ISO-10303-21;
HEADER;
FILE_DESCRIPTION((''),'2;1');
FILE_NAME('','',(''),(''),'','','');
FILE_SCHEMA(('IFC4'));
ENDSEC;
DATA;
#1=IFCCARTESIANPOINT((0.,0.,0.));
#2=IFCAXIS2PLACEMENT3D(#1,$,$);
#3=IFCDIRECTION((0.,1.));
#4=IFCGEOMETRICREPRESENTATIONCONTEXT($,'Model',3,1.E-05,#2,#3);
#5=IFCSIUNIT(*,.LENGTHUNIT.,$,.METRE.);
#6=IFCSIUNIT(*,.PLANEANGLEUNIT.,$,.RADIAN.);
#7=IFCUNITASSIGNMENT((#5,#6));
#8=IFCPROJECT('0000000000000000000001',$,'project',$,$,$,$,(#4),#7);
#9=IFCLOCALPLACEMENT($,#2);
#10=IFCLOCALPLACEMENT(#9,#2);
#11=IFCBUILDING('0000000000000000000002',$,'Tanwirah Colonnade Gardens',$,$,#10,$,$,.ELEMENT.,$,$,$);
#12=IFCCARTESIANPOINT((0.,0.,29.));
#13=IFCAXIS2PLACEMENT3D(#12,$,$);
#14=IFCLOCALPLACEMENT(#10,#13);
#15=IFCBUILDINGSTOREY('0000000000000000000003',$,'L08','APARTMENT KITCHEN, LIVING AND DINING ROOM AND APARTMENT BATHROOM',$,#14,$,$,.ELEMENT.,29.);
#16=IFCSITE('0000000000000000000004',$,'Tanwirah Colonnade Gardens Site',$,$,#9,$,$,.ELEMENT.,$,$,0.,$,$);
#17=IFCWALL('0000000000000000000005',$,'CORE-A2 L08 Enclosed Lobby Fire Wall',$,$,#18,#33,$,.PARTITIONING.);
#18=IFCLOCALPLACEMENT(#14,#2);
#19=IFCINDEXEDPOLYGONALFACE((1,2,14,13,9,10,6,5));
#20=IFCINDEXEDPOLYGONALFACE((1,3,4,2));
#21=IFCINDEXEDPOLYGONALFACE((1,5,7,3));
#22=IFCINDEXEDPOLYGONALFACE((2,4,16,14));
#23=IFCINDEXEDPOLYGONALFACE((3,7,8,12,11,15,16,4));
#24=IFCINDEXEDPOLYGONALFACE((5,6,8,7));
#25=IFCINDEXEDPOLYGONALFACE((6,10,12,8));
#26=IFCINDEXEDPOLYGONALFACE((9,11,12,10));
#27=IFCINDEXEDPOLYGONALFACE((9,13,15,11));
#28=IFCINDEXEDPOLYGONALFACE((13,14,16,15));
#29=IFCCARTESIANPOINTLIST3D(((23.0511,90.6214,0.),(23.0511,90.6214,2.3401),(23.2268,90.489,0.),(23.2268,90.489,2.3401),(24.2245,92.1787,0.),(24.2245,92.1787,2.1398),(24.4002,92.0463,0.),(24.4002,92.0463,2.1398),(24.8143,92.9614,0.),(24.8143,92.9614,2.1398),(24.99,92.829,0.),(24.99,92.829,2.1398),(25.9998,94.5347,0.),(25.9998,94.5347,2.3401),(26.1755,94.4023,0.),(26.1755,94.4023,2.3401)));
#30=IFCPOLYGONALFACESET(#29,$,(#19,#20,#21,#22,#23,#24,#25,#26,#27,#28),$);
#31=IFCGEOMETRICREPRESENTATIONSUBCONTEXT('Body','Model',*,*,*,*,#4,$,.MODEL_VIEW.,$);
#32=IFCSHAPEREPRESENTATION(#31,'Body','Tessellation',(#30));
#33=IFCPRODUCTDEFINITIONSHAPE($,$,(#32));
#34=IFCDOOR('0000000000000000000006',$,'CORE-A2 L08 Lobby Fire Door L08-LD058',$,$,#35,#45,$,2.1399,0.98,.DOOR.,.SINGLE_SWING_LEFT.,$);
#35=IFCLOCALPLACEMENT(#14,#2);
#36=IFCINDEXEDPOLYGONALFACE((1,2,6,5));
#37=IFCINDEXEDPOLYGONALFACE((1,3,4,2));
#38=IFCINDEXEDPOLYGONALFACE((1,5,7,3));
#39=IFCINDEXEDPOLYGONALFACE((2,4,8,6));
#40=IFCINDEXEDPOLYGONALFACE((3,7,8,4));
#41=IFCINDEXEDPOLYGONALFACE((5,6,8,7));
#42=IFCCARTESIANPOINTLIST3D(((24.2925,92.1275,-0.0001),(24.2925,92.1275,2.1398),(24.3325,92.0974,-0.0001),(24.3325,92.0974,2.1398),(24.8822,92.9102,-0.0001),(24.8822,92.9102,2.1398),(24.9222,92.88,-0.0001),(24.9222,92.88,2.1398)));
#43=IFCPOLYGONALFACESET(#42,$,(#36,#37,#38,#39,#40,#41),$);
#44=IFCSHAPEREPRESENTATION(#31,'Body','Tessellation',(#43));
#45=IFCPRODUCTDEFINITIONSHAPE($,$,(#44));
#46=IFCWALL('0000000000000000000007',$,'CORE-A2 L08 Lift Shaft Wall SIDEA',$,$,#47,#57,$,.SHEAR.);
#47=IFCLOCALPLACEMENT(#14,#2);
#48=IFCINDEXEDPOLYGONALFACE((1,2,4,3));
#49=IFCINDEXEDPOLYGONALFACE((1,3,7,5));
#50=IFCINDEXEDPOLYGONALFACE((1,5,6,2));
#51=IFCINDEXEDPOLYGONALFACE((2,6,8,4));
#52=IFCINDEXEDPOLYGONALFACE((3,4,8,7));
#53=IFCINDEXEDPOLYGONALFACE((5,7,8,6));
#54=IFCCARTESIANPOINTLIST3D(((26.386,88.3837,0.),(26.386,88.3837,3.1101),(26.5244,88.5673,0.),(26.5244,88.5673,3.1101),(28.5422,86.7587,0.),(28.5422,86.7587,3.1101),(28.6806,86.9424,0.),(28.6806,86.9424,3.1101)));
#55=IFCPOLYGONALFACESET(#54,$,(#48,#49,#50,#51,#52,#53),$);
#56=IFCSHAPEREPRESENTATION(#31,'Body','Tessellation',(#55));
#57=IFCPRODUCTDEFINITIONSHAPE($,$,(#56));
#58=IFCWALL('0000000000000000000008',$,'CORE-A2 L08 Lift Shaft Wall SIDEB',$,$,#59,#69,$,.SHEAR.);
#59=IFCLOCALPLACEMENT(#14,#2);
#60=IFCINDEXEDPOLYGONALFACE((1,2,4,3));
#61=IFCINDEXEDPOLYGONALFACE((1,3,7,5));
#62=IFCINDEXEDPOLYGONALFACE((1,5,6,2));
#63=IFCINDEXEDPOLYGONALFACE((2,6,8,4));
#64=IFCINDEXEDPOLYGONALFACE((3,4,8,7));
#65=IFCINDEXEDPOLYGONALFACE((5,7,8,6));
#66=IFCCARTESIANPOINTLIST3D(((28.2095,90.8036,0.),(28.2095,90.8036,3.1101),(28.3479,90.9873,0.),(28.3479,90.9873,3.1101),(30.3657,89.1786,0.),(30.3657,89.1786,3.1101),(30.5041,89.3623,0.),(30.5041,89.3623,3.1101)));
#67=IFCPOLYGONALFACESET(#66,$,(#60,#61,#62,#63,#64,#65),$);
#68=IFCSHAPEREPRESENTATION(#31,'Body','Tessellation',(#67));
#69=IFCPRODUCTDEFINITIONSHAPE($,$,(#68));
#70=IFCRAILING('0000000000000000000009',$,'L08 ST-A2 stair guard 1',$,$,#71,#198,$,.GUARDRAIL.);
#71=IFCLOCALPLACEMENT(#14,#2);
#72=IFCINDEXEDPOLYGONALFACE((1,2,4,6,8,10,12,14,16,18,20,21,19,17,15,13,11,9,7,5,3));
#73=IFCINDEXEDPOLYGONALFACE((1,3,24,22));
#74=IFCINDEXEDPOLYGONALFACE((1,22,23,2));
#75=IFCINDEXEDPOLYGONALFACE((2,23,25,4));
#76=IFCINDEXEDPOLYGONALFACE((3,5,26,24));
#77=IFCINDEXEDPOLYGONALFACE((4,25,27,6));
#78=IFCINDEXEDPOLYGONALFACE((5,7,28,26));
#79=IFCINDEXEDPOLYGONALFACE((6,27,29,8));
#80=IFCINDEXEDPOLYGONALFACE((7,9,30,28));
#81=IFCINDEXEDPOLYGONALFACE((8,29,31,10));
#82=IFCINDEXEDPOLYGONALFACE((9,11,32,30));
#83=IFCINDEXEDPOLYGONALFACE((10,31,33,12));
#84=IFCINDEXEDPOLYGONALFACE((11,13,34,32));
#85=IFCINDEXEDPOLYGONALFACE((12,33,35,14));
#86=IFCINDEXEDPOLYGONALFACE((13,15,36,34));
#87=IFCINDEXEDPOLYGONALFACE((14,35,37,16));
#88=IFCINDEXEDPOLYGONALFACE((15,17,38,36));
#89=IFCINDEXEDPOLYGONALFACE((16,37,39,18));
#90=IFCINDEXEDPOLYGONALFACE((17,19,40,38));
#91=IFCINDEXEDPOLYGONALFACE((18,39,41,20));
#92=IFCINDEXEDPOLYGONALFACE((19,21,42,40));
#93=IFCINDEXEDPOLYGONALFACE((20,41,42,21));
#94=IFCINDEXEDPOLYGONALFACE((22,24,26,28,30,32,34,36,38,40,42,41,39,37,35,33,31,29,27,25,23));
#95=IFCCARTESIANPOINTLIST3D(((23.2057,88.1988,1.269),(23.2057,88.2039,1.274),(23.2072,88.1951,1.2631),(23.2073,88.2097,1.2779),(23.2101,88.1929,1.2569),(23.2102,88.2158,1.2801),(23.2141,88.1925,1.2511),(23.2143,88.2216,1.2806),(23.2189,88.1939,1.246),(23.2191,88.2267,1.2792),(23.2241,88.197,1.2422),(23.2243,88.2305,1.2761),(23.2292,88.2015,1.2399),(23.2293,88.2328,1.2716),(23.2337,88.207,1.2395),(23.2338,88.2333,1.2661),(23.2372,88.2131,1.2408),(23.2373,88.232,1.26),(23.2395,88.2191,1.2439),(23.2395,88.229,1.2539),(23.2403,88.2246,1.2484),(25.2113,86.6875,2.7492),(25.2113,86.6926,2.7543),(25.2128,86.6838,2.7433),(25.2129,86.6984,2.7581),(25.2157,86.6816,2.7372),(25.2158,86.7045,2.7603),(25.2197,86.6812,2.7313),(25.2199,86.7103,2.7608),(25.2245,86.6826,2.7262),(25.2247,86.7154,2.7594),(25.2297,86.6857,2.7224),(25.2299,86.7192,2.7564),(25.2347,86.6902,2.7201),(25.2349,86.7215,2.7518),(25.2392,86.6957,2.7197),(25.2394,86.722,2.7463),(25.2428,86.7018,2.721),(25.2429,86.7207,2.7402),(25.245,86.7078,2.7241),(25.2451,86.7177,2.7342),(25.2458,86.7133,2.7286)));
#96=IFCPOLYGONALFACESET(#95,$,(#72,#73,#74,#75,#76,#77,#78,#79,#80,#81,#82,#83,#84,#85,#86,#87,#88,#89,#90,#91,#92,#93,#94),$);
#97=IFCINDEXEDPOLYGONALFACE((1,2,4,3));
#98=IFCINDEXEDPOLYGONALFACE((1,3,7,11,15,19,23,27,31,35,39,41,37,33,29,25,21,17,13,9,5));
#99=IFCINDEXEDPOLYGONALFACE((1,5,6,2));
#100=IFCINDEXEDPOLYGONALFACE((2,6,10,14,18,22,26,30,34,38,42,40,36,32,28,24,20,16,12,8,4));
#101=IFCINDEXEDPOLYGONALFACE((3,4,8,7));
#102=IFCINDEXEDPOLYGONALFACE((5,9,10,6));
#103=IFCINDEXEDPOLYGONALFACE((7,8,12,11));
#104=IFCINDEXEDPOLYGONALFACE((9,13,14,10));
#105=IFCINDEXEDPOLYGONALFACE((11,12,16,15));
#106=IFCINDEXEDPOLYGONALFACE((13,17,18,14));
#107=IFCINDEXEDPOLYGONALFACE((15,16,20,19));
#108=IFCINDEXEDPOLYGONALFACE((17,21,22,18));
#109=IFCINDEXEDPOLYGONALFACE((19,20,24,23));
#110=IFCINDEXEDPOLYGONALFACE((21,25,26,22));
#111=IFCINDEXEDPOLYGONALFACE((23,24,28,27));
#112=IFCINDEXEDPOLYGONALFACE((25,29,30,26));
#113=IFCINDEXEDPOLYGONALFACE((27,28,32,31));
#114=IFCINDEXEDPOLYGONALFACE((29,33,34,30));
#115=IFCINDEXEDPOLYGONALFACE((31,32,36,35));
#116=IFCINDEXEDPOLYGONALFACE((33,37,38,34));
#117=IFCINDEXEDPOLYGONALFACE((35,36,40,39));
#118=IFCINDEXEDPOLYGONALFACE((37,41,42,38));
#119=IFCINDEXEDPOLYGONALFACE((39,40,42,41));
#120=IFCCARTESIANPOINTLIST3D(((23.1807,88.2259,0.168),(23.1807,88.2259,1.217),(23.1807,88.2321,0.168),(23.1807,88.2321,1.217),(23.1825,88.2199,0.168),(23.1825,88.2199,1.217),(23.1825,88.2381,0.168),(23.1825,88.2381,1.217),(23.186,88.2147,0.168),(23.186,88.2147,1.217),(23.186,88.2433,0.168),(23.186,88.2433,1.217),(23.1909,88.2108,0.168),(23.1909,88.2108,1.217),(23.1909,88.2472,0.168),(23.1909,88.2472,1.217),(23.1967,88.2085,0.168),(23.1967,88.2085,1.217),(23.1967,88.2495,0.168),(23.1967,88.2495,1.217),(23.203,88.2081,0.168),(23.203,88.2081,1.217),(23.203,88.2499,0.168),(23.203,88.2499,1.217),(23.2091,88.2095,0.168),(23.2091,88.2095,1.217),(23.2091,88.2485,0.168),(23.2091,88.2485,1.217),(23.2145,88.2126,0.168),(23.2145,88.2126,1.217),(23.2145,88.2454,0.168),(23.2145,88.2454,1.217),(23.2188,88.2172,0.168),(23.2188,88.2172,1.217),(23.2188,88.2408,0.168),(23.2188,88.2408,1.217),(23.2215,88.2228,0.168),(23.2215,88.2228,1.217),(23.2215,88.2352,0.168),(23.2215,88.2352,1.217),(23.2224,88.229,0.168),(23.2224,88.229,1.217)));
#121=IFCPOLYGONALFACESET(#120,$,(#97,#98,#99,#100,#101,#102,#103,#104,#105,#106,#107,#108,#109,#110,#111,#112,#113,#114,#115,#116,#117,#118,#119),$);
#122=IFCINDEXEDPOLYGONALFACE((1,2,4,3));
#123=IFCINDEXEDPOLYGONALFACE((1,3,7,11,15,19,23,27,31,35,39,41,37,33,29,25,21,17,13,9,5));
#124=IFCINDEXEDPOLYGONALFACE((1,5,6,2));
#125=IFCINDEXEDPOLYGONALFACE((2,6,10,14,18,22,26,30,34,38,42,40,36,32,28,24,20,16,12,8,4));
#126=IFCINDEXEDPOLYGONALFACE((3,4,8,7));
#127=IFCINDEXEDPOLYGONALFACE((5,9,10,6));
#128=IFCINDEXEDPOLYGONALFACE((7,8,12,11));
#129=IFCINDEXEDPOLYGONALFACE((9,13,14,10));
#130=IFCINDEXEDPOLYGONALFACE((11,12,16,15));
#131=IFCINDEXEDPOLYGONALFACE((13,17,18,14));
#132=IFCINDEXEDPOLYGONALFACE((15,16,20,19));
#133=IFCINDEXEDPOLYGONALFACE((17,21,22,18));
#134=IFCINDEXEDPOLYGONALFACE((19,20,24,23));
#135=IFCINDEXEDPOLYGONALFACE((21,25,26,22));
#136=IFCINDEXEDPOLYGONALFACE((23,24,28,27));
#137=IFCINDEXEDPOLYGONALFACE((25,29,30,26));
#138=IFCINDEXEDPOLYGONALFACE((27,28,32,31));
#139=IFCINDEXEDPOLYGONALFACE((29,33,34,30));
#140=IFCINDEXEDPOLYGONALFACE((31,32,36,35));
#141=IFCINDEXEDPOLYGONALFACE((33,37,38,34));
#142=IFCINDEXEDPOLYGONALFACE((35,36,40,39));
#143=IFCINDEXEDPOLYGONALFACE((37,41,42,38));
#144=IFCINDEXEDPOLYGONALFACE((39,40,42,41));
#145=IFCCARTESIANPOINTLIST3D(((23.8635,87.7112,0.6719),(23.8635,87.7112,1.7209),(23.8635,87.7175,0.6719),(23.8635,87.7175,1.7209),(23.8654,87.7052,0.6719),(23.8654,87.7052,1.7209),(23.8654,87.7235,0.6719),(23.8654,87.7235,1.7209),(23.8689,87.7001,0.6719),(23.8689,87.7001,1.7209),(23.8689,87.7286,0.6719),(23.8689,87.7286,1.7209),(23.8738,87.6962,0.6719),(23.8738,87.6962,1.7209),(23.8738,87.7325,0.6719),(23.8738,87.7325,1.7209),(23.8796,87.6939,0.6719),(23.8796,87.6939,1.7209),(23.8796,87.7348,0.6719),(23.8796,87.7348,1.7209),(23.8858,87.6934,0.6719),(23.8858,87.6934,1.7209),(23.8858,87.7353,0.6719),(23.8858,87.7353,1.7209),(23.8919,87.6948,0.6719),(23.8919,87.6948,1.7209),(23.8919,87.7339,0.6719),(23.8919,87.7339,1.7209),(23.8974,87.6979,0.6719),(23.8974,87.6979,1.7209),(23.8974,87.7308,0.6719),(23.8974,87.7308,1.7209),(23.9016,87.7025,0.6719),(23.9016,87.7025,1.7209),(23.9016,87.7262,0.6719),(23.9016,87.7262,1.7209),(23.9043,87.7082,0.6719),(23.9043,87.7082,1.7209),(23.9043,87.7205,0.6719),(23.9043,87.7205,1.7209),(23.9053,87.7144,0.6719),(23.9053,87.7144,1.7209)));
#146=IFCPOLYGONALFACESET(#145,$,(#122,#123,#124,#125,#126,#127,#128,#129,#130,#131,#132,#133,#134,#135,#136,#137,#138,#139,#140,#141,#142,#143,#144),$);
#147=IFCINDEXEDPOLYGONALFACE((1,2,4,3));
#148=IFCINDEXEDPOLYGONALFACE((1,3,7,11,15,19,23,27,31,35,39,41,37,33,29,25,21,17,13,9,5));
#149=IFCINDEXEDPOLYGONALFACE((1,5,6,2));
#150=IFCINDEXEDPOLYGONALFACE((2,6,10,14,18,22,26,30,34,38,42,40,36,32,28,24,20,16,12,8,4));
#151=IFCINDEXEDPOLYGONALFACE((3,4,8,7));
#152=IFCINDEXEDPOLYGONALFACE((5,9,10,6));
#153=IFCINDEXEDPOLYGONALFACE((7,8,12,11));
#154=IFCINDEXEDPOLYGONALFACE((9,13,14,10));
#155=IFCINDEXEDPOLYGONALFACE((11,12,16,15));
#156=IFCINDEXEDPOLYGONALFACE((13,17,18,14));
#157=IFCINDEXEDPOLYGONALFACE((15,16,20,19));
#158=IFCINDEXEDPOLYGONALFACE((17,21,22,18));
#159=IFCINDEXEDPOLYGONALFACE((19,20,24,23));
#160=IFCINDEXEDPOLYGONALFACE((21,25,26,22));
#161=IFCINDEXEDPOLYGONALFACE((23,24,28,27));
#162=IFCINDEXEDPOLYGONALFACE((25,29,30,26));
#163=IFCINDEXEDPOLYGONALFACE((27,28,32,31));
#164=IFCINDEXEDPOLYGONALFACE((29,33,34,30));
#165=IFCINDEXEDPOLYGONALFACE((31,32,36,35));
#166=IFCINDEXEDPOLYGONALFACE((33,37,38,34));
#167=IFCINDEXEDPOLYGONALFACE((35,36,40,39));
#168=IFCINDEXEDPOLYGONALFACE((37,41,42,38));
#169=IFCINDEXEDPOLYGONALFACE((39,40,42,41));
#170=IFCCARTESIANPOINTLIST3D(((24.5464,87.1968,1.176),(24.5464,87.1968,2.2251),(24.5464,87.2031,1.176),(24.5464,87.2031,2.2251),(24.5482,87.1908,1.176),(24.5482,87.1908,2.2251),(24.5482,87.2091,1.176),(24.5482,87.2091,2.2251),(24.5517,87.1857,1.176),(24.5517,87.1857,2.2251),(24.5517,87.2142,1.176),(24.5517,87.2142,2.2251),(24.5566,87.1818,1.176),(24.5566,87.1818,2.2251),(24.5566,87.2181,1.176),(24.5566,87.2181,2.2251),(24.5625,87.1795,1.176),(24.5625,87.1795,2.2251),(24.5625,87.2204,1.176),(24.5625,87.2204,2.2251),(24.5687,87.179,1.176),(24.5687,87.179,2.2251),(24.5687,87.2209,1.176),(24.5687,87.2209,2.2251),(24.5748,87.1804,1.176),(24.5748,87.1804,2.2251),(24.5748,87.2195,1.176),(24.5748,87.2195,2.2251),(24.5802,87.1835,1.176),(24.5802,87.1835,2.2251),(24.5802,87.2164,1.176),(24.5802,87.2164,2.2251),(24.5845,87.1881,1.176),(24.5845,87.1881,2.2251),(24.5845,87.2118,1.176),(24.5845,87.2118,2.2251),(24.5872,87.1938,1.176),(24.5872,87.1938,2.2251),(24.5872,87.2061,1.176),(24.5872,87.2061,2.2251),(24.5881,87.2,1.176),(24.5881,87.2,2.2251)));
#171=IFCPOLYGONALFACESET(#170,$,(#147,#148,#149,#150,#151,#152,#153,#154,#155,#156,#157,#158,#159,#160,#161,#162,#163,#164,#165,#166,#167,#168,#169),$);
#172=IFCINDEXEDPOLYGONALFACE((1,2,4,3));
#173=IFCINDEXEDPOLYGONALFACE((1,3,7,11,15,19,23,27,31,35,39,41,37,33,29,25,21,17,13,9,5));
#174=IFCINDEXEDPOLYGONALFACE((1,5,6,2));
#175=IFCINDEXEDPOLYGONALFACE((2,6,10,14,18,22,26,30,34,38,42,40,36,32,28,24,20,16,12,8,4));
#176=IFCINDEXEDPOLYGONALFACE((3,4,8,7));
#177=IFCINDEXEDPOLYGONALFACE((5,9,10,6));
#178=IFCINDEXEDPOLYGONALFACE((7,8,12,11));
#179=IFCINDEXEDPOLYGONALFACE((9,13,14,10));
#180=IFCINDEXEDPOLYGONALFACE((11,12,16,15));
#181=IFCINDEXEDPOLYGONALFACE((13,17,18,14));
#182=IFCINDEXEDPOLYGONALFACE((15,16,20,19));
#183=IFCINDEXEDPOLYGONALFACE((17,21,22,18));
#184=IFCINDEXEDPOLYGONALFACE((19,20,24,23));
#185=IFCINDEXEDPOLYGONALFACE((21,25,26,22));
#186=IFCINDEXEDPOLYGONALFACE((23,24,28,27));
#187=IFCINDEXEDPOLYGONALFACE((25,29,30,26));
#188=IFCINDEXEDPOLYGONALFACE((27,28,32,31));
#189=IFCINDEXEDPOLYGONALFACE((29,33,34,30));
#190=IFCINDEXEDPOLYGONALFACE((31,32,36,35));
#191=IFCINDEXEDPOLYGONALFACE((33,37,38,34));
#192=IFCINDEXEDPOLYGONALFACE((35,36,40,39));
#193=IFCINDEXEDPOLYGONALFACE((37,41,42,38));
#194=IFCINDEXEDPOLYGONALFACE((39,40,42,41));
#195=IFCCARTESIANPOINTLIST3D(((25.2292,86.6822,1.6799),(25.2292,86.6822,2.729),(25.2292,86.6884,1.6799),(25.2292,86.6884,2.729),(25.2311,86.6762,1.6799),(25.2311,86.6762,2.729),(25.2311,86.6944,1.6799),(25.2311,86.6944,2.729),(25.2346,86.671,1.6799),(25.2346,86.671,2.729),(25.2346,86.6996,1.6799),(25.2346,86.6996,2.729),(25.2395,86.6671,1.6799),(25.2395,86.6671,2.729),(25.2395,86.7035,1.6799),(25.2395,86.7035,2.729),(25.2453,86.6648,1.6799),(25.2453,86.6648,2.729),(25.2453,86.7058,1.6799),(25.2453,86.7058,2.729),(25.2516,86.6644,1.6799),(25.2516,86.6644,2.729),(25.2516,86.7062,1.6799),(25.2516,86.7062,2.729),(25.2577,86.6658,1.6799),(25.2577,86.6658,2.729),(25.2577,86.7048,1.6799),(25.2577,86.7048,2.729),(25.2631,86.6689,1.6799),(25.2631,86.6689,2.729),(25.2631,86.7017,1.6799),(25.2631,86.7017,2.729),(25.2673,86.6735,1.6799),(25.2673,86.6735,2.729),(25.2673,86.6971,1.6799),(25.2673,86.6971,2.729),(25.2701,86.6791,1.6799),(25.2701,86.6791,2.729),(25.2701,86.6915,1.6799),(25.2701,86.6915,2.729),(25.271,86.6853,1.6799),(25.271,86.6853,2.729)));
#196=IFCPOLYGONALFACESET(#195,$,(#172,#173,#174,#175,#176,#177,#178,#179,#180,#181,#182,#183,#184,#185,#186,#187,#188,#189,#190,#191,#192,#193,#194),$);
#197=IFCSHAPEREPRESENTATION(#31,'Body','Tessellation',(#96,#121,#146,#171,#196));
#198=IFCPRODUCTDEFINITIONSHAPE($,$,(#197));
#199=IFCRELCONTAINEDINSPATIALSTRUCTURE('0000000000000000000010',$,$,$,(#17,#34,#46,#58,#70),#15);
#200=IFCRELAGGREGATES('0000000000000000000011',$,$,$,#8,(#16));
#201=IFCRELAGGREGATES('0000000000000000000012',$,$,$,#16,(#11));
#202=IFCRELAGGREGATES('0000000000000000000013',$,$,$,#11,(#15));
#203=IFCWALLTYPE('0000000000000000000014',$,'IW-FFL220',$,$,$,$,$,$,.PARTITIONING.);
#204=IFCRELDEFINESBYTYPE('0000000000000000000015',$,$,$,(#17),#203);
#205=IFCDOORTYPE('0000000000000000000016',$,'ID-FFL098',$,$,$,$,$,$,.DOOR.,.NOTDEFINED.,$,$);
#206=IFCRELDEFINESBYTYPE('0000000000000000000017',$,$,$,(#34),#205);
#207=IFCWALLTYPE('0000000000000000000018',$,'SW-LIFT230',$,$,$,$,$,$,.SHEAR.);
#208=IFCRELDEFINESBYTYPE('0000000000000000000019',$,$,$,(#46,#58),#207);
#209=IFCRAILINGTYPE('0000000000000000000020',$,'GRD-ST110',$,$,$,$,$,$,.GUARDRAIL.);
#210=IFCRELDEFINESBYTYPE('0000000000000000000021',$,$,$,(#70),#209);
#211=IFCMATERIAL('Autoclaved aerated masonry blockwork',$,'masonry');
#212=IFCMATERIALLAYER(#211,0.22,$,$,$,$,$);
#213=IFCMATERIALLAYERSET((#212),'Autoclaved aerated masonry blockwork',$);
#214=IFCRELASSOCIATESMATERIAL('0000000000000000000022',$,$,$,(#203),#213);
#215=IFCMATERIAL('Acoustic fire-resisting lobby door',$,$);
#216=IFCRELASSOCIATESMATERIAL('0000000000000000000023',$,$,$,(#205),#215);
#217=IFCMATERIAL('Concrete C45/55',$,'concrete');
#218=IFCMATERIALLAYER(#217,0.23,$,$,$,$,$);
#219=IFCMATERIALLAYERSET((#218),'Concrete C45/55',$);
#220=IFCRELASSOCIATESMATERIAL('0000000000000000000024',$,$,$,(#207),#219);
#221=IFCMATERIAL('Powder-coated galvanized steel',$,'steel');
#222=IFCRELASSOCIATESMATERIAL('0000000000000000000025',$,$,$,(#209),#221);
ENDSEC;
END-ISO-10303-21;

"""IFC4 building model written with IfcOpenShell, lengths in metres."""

from ifc_helpers import new_model, si_unit, direction, frame, frame_2d, origin, origin_2d, place, context, subcontext, project, spatial, rectangle, circle, extrude, material, layer, layer_set, type_object, element, fill, save


model = new_model("IFC4")

# Units and contexts
model_context = context("Model", 3, precision=1e-05, world=origin(), true_north=direction((0.0, 1.0)))
body_context = subcontext(model_context, "Body", "Model", "MODEL_VIEW")
ifc_project = project(units=[si_unit("LENGTHUNIT", "METRE"), si_unit("PLANEANGLEUNIT", "RADIAN")], contexts=[model_context])

# Site, building, storey
site_placement = place(None, origin())
site = spatial("IfcSite", under=ifc_project, at=site_placement, Name="Tanwirah Colonnade Gardens Site", CompositionType="ELEMENT", RefElevation=0.0)
building_placement = place(site_placement, origin())
building = spatial("IfcBuilding", under=site, at=building_placement, Name="Tanwirah Colonnade Gardens", CompositionType="ELEMENT")
storey_placement = place(building_placement, frame((0.0, 0.0, 29.0)))
storey = spatial("IfcBuildingStorey", under=building, at=storey_placement, Name="L08", Description="APARTMENT KITCHEN, LIVING AND DINING ROOM AND APARTMENT BATHROOM", CompositionType="ELEMENT", Elevation=29.0)

# Wall, opening, door
ifc_material_1 = material(Name="Autoclaved aerated masonry blockwork", Category="masonry")
ifc_layer_1 = layer(ifc_material_1, 0.22)
ifc_layer_set_1 = layer_set([ifc_layer_1], Name="Autoclaved aerated masonry blockwork")
wall_type_1 = type_object("IfcWallType", Name="IW-FFL220", PredefinedType="PARTITIONING", material=ifc_layer_set_1)
wall_1_placement = place(storey_placement, frame((23.1389, 90.5552, 0.0), z_axis=(0.0, 0.0, 1.0), x_axis=(0.601792, 0.798653, 0.0)))
wall_1 = element("IfcWall", 1, at=wall_1_placement, inside=storey, type_object=wall_type_1, Name="CORE-A2 L08 Enclosed Lobby Fire Wall", PredefinedType="PARTITIONING", context=body_context, shape_type="SweptSolid", body=[
    extrude(rectangle(XDim=4.8999, YDim=0.22, at=frame_2d((2.45, 0.0))), origin(), (0.0, 0.0, 1.0), 2.3401),
])
opening_1_placement = place(wall_1_placement, frame((1.95, 0.0, 0.0)))
opening_1 = element("IfcOpeningElement", 2, at=opening_1_placement, cuts=wall_1, PredefinedType="OPENING", context=body_context, shape_type="SweptSolid", body=[
    extrude(rectangle(XDim=0.98, YDim=2.1399, at=frame_2d((0.49, 1.0698))), frame((0.0, 0.1199, 0.0), z_axis=(0.0, -1.0, 0.0), x_axis=(1.0, 0.0, 0.0)), (0.0, 0.0, 1.0), 0.24),
])
ifc_material_2 = material(Name="Acoustic fire-resisting lobby door")
door_type_1 = type_object("IfcDoorType", Name="ID-FFL098", OperationType="NOTDEFINED", PredefinedType="DOOR", material=ifc_material_2)
door_1_placement = place(opening_1_placement, origin())
door_1 = element("IfcDoor", 3, at=door_1_placement, inside=storey, type_object=door_type_1, Name="CORE-A2 L08 Lobby Fire Door L08-LD058", OperationType="SINGLE_SWING_LEFT", OverallHeight=2.1399, OverallWidth=0.98, PredefinedType="DOOR", context=body_context, shape_type="SweptSolid", body=[
    extrude(rectangle(XDim=0.98, YDim=2.1399, at=frame_2d((0.49, 1.0698))), frame((0.0, 0.0249, 0.0), z_axis=(0.0, -1.0, 0.0), x_axis=(1.0, 0.0, 0.0)), (0.0, 0.0, 1.0), 0.05),
])
fill(opening_1, door_1)
ifc_material_3 = material(Name="Concrete C45/55", Category="concrete")
ifc_layer_2 = layer(ifc_material_3, 0.23)
ifc_layer_set_2 = layer_set([ifc_layer_2], Name="Concrete C45/55")
wall_type_2 = type_object("IfcWallType", Name="SW-LIFT230", PredefinedType="SHEAR", material=ifc_layer_set_2)

# Walls
for number, where, z_axis, x_axis, name in (
    (4, (26.4551, 88.4756, 0.0), (0.0, 0.0, 1.0), (0.798609, -0.60185, 0.0), "CORE-A2 L08 Lift Shaft Wall SIDEA"),
    (5, (28.2786, 90.8955, 0.0), (0.0, 0.0, 1.0), (0.798609, -0.60185, 0.0), "CORE-A2 L08 Lift Shaft Wall SIDEB"),
):
    element("IfcWall", number, at=place(storey_placement, frame(where, z_axis=z_axis, x_axis=x_axis)), inside=storey, type_object=wall_type_2, Name=name, PredefinedType="SHEAR", context=body_context, shape_type="SweptSolid", body=[
        extrude(rectangle(XDim=2.7, YDim=0.23, at=frame_2d((1.3501, 0.0))), origin(), (0.0, 0.0, 1.0), 3.1101),
    ])

# Railing
ifc_material_4 = material(Name="Powder-coated galvanized steel", Category="steel")
railing_type_1 = type_object("IfcRailingType", Name="GRD-ST110", PredefinedType="GUARDRAIL", material=ifc_material_4)
railing_1_placement = place(storey_placement, frame((23.2014, 88.229, 0.168)))
element("IfcRailing", 6, at=railing_1_placement, inside=storey, type_object=railing_type_1, Name="L08 ST-A2 stair guard 1", PredefinedType="GUARDRAIL", context=body_context, shape_type="SweptSolid", body=[
    extrude(circle(Radius=0.0239, at=origin_2d()), frame((0.0215, -0.0161, 1.092), z_axis=(0.688012, -0.518449, 0.507789), x_axis=(0.601811, 0.798639, 0.0)), (0.0, 0.0, 1.0), 2.915),
    extrude(circle(Radius=0.021, at=origin_2d()), origin(), (0.0, 0.0, 1.0), 1.0491),
    extrude(circle(Radius=0.021, at=origin_2d()), frame((0.6829, -0.5146, 0.5039)), (0.0, 0.0, 1.0), 1.0491),
    extrude(circle(Radius=0.021, at=origin_2d()), frame((1.3657, -1.0291, 1.0081)), (0.0, 0.0, 1.0), 1.0491),
    extrude(circle(Radius=0.021, at=origin_2d()), frame((2.0486, -1.5437, 1.512)), (0.0, 0.0, 1.0), 1.0491),
])

save(model, "model.ifc")
